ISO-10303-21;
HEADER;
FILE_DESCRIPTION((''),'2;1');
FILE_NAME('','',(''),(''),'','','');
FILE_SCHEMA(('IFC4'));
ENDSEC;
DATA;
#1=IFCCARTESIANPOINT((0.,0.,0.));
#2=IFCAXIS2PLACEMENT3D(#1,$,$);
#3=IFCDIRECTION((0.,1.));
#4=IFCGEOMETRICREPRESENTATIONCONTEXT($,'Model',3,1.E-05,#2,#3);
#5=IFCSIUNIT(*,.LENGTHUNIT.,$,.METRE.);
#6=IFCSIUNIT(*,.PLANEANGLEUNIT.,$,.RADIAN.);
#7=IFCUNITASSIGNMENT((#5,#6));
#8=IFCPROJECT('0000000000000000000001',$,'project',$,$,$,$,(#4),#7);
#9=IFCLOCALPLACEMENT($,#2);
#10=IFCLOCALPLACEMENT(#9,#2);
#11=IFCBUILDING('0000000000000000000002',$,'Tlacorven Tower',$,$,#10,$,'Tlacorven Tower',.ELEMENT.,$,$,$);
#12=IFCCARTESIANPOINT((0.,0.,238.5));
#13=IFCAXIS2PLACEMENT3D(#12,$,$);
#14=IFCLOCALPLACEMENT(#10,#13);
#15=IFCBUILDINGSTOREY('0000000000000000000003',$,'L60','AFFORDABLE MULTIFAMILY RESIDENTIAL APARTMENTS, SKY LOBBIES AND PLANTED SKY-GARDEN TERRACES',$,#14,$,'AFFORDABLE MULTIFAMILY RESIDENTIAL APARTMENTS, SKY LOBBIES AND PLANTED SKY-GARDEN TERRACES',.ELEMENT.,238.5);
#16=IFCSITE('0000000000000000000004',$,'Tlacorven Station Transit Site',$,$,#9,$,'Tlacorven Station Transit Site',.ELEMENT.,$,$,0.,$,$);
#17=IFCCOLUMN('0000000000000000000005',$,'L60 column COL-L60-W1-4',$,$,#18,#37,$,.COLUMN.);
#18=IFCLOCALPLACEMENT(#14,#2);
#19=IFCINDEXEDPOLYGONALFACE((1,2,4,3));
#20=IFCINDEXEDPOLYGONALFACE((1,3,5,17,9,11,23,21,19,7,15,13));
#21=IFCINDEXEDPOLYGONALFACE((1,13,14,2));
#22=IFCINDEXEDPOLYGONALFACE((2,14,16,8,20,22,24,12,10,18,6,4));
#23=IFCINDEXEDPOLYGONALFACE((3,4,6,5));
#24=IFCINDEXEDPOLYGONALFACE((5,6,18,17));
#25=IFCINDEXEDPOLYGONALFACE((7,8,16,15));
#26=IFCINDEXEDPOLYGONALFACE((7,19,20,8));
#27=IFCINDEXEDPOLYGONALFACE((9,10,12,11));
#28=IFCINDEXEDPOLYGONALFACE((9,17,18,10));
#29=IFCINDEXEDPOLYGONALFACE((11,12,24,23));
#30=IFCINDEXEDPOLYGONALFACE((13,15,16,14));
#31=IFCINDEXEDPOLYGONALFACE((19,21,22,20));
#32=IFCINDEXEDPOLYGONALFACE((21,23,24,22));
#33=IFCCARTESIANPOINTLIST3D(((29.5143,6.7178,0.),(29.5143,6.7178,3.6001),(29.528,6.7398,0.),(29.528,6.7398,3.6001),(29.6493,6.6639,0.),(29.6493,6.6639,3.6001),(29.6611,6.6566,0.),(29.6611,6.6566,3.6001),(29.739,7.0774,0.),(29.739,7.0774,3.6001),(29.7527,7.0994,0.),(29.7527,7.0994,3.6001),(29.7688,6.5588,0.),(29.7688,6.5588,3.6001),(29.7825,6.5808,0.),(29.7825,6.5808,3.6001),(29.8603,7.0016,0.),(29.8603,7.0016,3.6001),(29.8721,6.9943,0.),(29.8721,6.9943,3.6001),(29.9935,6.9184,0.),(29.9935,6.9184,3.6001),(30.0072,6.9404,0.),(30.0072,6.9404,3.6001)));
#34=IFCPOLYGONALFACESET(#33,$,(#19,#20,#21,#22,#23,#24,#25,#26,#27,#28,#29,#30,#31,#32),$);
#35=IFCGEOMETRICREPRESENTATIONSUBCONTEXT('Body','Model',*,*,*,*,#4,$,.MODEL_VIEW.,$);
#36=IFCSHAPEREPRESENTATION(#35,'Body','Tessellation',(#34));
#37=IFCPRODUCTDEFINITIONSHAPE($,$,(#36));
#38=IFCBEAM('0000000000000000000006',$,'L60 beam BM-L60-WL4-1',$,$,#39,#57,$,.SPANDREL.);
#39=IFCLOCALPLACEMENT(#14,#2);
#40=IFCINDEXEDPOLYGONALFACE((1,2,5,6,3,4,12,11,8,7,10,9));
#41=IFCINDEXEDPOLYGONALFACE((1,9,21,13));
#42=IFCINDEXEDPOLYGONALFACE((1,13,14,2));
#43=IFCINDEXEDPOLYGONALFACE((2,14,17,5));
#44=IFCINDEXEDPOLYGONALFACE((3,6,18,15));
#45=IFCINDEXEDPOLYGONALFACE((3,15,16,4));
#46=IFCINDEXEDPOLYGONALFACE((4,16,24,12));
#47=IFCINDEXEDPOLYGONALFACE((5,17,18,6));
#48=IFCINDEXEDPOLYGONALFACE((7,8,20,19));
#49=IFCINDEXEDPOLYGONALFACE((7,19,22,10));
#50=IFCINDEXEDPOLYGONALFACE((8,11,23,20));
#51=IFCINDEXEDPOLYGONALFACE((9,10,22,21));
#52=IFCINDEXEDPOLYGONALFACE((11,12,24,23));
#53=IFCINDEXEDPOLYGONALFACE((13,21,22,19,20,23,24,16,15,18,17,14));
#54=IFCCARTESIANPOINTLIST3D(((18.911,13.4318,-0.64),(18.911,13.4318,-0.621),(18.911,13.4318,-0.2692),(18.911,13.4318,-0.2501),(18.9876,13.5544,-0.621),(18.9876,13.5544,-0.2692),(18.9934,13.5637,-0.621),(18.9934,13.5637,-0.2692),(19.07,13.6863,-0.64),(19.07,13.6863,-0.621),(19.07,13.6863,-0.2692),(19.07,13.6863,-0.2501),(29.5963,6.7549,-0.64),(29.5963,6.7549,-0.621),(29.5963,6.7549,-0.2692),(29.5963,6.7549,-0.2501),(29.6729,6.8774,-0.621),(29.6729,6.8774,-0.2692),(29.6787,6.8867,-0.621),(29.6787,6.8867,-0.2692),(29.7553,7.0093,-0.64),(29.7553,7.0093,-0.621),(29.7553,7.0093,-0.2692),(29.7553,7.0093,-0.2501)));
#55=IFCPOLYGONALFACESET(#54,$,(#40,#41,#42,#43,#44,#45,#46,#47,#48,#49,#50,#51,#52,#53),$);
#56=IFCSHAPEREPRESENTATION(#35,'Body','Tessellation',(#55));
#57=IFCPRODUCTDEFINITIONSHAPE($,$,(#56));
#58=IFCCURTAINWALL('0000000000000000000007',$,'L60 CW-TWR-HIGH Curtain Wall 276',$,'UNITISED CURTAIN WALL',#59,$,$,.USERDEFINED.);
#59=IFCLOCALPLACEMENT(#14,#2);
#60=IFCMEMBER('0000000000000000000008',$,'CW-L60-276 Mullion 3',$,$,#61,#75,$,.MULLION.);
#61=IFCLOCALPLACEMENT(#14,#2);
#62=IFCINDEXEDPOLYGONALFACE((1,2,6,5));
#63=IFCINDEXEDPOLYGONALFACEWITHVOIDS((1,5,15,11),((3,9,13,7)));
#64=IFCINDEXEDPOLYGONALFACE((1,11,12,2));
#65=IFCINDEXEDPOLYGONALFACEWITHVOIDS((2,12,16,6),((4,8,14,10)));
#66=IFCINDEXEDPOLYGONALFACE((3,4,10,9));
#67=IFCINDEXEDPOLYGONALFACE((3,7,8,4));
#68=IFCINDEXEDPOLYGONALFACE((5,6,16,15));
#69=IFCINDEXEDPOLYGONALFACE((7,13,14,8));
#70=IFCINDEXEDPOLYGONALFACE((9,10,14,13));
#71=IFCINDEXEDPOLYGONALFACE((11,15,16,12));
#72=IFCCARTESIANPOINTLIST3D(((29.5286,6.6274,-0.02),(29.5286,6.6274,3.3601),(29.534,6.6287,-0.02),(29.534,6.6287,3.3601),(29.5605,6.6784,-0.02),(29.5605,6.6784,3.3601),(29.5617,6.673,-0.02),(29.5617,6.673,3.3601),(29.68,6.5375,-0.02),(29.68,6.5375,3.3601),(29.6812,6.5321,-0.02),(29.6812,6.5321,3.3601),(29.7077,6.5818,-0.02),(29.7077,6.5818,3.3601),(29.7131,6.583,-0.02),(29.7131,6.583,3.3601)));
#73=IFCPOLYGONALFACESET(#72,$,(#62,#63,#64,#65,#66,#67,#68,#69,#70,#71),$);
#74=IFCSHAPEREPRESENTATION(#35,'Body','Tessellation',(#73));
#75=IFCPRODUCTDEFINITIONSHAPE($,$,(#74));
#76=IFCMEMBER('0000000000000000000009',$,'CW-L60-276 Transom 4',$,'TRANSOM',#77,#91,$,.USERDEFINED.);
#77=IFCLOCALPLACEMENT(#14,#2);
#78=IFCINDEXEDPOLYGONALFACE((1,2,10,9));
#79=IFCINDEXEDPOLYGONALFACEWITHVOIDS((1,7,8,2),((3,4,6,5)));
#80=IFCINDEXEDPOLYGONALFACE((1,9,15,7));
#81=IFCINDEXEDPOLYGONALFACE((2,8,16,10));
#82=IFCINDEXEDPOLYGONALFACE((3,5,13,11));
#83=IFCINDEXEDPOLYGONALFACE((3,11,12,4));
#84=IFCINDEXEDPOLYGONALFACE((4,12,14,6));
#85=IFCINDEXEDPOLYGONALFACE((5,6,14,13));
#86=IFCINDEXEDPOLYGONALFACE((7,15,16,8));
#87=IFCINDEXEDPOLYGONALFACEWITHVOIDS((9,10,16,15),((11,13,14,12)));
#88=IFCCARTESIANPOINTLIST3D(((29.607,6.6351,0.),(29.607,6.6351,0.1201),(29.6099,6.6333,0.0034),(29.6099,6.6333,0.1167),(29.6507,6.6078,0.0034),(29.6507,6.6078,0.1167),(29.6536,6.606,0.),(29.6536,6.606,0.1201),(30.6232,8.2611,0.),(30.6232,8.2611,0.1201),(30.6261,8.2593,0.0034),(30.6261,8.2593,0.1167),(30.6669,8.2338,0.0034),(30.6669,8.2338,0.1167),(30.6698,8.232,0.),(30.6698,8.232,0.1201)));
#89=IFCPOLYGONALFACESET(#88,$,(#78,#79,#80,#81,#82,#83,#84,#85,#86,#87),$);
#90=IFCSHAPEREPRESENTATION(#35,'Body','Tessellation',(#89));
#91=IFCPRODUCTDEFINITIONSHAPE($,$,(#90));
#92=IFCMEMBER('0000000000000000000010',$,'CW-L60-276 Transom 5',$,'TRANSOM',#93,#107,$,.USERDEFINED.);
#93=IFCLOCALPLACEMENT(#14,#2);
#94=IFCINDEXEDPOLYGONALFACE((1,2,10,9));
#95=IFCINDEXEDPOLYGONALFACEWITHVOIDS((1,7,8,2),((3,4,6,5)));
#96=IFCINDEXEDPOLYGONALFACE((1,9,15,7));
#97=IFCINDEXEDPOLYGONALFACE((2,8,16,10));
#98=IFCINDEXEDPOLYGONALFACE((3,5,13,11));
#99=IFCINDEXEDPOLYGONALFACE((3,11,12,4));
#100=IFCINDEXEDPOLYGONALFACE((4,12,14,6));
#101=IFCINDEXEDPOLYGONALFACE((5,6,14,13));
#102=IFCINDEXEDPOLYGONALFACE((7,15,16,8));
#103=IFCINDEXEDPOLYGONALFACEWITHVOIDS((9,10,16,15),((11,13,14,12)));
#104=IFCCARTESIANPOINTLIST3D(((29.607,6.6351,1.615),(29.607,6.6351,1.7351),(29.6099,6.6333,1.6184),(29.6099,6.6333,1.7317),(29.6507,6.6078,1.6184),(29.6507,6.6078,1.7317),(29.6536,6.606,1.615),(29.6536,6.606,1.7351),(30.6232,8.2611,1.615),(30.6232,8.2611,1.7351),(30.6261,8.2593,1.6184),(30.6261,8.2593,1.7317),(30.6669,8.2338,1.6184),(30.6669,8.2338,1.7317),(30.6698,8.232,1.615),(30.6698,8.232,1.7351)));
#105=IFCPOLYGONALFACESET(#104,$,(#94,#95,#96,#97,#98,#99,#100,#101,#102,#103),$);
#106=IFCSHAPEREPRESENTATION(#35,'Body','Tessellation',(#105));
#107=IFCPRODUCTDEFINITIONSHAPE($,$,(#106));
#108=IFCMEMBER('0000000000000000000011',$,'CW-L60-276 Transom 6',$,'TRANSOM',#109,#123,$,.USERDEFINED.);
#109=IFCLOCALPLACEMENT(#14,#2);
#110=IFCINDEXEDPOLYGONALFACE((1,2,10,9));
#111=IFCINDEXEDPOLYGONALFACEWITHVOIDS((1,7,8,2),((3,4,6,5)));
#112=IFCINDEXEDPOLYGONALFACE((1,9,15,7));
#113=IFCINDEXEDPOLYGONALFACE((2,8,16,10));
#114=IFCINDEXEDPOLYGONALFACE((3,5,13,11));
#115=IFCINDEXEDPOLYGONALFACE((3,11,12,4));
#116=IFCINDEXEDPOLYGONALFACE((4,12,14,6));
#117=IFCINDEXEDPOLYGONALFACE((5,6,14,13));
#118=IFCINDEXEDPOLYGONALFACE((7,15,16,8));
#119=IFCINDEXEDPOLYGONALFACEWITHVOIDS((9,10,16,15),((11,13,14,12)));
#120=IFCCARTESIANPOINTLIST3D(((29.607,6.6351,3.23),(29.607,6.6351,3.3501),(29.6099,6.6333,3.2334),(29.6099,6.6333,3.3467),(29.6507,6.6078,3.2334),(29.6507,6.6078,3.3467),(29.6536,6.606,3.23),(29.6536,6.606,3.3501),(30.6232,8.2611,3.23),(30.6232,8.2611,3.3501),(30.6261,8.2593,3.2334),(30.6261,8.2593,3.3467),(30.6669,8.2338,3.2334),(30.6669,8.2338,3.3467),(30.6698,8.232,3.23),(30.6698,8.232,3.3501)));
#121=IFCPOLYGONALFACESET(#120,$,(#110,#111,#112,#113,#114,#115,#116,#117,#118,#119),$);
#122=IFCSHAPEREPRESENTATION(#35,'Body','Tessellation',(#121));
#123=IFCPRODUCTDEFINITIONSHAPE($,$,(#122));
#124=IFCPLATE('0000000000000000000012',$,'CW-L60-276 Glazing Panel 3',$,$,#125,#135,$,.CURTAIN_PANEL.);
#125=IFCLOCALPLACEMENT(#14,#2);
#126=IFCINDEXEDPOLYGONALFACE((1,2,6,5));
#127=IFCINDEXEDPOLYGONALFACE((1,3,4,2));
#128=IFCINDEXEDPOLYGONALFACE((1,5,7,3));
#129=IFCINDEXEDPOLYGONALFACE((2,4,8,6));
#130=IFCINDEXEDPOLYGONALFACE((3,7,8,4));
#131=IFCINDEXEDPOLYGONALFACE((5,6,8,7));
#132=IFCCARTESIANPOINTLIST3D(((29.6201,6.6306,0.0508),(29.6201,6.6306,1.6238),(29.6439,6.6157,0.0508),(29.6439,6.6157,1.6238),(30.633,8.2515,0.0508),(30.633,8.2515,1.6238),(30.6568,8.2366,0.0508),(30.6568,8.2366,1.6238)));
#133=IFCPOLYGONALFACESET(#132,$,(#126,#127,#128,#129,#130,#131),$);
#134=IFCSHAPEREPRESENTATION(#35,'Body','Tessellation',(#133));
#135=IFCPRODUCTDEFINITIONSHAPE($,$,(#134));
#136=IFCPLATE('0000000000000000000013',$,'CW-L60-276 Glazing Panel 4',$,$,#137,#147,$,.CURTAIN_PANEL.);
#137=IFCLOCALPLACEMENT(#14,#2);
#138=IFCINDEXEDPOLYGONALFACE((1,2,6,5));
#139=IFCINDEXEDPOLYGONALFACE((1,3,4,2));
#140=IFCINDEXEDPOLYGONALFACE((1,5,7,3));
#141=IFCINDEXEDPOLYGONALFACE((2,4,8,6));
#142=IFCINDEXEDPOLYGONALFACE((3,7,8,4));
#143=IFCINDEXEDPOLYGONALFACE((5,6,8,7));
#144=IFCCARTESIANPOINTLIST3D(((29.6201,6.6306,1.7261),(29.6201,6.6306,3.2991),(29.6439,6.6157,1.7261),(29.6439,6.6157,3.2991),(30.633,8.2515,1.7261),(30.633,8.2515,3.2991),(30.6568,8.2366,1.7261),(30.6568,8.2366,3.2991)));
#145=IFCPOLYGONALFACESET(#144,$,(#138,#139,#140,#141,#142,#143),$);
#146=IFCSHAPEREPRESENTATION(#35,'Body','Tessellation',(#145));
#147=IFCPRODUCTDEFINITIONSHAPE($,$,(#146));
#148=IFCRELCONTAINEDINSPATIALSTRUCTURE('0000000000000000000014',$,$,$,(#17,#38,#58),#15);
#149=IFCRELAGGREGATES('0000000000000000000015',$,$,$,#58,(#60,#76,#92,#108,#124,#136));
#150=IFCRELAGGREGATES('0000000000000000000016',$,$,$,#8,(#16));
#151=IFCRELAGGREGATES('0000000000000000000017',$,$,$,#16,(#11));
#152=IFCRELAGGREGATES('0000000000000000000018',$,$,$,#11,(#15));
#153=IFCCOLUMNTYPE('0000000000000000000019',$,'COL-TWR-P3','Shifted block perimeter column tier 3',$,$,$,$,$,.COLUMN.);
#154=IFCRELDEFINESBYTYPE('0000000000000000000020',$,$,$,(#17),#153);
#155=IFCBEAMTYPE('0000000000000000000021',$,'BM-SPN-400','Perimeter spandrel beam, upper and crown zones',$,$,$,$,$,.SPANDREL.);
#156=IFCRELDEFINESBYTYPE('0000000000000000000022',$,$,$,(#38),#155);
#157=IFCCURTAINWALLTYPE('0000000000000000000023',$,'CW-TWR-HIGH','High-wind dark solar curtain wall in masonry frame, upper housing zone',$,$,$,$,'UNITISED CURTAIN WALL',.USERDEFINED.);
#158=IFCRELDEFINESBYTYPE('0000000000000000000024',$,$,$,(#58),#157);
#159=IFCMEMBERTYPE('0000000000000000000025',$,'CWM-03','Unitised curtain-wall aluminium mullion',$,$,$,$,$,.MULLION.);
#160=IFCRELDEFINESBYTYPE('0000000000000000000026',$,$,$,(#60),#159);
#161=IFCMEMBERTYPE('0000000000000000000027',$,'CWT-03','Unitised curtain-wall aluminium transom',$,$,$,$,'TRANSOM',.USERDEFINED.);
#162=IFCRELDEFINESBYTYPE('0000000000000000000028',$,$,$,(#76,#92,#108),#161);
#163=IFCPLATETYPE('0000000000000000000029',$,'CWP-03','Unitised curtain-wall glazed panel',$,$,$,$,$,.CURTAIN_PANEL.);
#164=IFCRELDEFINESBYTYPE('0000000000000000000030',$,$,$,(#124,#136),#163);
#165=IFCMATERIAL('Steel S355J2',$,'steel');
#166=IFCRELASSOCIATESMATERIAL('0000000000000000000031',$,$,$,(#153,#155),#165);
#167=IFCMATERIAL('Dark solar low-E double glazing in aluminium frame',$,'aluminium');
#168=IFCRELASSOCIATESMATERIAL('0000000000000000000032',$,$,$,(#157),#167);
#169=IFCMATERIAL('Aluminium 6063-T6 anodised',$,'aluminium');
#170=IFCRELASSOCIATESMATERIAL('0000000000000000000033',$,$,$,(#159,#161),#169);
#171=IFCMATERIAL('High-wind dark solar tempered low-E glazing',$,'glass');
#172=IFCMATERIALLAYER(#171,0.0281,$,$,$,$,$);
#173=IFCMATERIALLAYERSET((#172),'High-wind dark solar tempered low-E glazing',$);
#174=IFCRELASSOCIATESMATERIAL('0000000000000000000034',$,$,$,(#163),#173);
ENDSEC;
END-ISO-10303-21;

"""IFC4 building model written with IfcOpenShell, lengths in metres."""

from ifc_helpers import new_model, si_unit, direction, frame, origin, origin_2d, place, context, subcontext, project, spatial, rectangle, hollow_rectangle, i_section, extrude, source, transform, mapped, material, layer, layer_set, material_profile, profile_set, type_object, element, aggregate, save


model = new_model("IFC4")

# Units and contexts
model_context = context("Model", 3, precision=1e-05, world=origin(), true_north=direction((0.0, 1.0)))
body_context = subcontext(model_context, "Body", "Model", "MODEL_VIEW")
ifc_project = project(units=[si_unit("LENGTHUNIT", "METRE"), si_unit("PLANEANGLEUNIT", "RADIAN")], contexts=[model_context])

# Site, building, storey
site_placement = place(None, origin())
site = spatial("IfcSite", under=ifc_project, at=site_placement, Name="Tlacorven Station Transit Site", LongName="Tlacorven Station Transit Site", CompositionType="ELEMENT", RefElevation=0.0)
building_placement = place(site_placement, origin())
building = spatial("IfcBuilding", under=site, at=building_placement, Name="Tlacorven Tower", LongName="Tlacorven Tower", CompositionType="ELEMENT")
storey_placement = place(building_placement, frame((0.0, 0.0, 238.5)))
storey = spatial("IfcBuildingStorey", under=building, at=storey_placement, Name="L60", Description="AFFORDABLE MULTIFAMILY RESIDENTIAL APARTMENTS, SKY LOBBIES AND PLANTED SKY-GARDEN TERRACES", LongName="AFFORDABLE MULTIFAMILY RESIDENTIAL APARTMENTS, SKY LOBBIES AND PLANTED SKY-GARDEN TERRACES", CompositionType="ELEMENT", Elevation=238.5)

# Column
ifc_material_1 = material(Name="Steel S355J2", Category="steel")
ifc_material_profile_1 = material_profile(ifc_material_1, i_section(OverallWidth=0.3, OverallDepth=0.45, WebThickness=0.0139, FlangeThickness=0.0259, at=origin_2d()), Name="HEB 450")
ifc_profile_set_1 = profile_set([ifc_material_profile_1], Name="Steel S355J2")
column_type = type_object("IfcColumnType", Name="COL-TWR-P3", Description="Shifted block perimeter column tier 3", PredefinedType="COLUMN", material=ifc_profile_set_1)
shared_shape_1 = source(origin(), body_context, "Body", "SweptSolid", [
    extrude(i_section(OverallWidth=0.3, OverallDepth=0.45, WebThickness=0.0139, FlangeThickness=0.0259, at=origin_2d()), origin(), (0.0, 0.0, 1.0), 3.6001),
])
column_placement = place(storey_placement, frame((29.7607, 6.8291, 0.0), z_axis=(0.0, 0.0, 1.0), x_axis=(-0.848048, 0.529919, 0.0)))
element("IfcColumn", 1, at=column_placement, inside=storey, type_object=column_type, Name="L60 column COL-L60-W1-4", PredefinedType="COLUMN", context=body_context, shape_type="MappedRepresentation", body=[
    mapped(shared_shape_1, transform((0.0, 0.0, 0.0), scale=1.0)),
])

# Beam
ifc_material_profile_2 = material_profile(ifc_material_1, i_section(OverallWidth=0.3, OverallDepth=0.3899, WebThickness=0.011, FlangeThickness=0.019, at=origin_2d()), Name="HEA 400")
ifc_profile_set_2 = profile_set([ifc_material_profile_2], Name="Steel S355J2")
beam_type = type_object("IfcBeamType", Name="BM-SPN-400", Description="Perimeter spandrel beam, upper and crown zones", PredefinedType="SPANDREL", material=ifc_profile_set_2)
shared_shape_2 = source(origin(), body_context, "Body", "SweptSolid", [
    extrude(i_section(OverallWidth=0.3, OverallDepth=0.3899, WebThickness=0.011, FlangeThickness=0.019, at=origin_2d()), origin(), (0.0, 0.0, 1.0), 12.5999),
])
beam_placement = place(storey_placement, frame((29.6758, 6.8821, -0.4451), z_axis=(-0.848045, 0.529924, 0.0), x_axis=(-0.529924, -0.848045, 0.0)))
element("IfcBeam", 2, at=beam_placement, inside=storey, type_object=beam_type, Name="L60 beam BM-L60-WL4-1", PredefinedType="SPANDREL", context=body_context, shape_type="MappedRepresentation", body=[
    mapped(shared_shape_2, transform((0.0, 0.0, 0.0), scale=1.0)),
])

# Curtain wall, members, plates
ifc_material_2 = material(Name="Dark solar low-E double glazing in aluminium frame", Category="aluminium")
curtain_wall_type = type_object("IfcCurtainWallType", Name="CW-TWR-HIGH", Description="High-wind dark solar curtain wall in masonry frame, upper housing zone", ElementType="UNITISED CURTAIN WALL", PredefinedType="USERDEFINED", material=ifc_material_2)
curtain_wall_placement = place(storey_placement, origin())
curtain_wall = element("IfcCurtainWall", 3, at=curtain_wall_placement, inside=storey, type_object=curtain_wall_type, Name="L60 CW-TWR-HIGH Curtain Wall 276", ObjectType="UNITISED CURTAIN WALL", PredefinedType="USERDEFINED")
ifc_material_3 = material(Name="Aluminium 6063-T6 anodised", Category="aluminium")
ifc_material_profile_3 = material_profile(ifc_material_3, hollow_rectangle(XDim=0.0601, YDim=0.1799, WallThickness=0.0039, at=origin_2d()), Name="ALU MULLION 60X180")
ifc_profile_set_3 = profile_set([ifc_material_profile_3], Name="Aluminium 6063-T6 anodised")
member_type_1 = type_object("IfcMemberType", Name="CWM-03", Description="Unitised curtain-wall aluminium mullion", PredefinedType="MULLION", material=ifc_profile_set_3)
shared_shape_3 = source(origin(), body_context, "Body", "SweptSolid", [
    extrude(hollow_rectangle(XDim=0.0601, YDim=0.1799, WallThickness=0.0039, at=origin_2d()), origin(), (0.0, 0.0, 1.0), 3.3801),
])
member_1_placement = place(storey_placement, frame((29.6208, 6.6052, -0.02), z_axis=(0.0, 0.0, 1.0), x_axis=(-0.529919, -0.848048, 0.0)))
member_1 = element("IfcMember", 4, at=member_1_placement, type_object=member_type_1, Name="CW-L60-276 Mullion 3", PredefinedType="MULLION", context=body_context, shape_type="MappedRepresentation", body=[
    mapped(shared_shape_3, transform((0.0, 0.0, 0.0), scale=1.0)),
])
ifc_material_profile_4 = material_profile(ifc_material_3, hollow_rectangle(XDim=0.0549, YDim=0.1201, WallThickness=0.0034, at=origin_2d()), Name="ALU TRANSOM 55X120")
ifc_profile_set_4 = profile_set([ifc_material_profile_4], Name="Aluminium 6063-T6 anodised")
member_type_2 = type_object("IfcMemberType", Name="CWT-03", Description="Unitised curtain-wall aluminium transom", ElementType="TRANSOM", PredefinedType="USERDEFINED", material=ifc_profile_set_4)
shared_shape_4 = source(origin(), body_context, "Body", "SweptSolid", [
    extrude(hollow_rectangle(XDim=0.0549, YDim=0.1201, WallThickness=0.0034, at=origin_2d()), origin(), (0.0, 0.0, 1.0), 1.9175),
])
member_2_placement = place(storey_placement, frame((30.6465, 8.2466, 0.0601), z_axis=(-0.529953, -0.848027, 0.0), x_axis=(0.848027, -0.529953, 0.0)))
member_2 = element("IfcMember", 5, at=member_2_placement, type_object=member_type_2, Name="CW-L60-276 Transom 4", ObjectType="TRANSOM", PredefinedType="USERDEFINED", context=body_context, shape_type="MappedRepresentation", body=[
    mapped(shared_shape_4, transform((0.0, 0.0, 0.0), scale=1.0)),
])
member_3_placement = place(storey_placement, frame((30.6465, 8.2466, 1.675), z_axis=(-0.529953, -0.848027, 0.0), x_axis=(0.848027, -0.529953, 0.0)))
member_3 = element("IfcMember", 6, at=member_3_placement, type_object=member_type_2, Name="CW-L60-276 Transom 5", ObjectType="TRANSOM", PredefinedType="USERDEFINED", context=body_context, shape_type="MappedRepresentation", body=[
    mapped(shared_shape_4, transform((0.0, 0.0, 0.0), scale=1.0)),
])
member_4_placement = place(storey_placement, frame((30.6465, 8.2466, 3.29), z_axis=(-0.529953, -0.848027, 0.0), x_axis=(0.848027, -0.529953, 0.0)))
member_4 = element("IfcMember", 7, at=member_4_placement, type_object=member_type_2, Name="CW-L60-276 Transom 6", ObjectType="TRANSOM", PredefinedType="USERDEFINED", context=body_context, shape_type="MappedRepresentation", body=[
    mapped(shared_shape_4, transform((0.0, 0.0, 0.0), scale=1.0)),
])
ifc_material_4 = material(Name="High-wind dark solar tempered low-E glazing", Category="glass")
ifc_layer_1 = layer(ifc_material_4, 0.0281)
ifc_layer_set_1 = layer_set([ifc_layer_1], Name="High-wind dark solar tempered low-E glazing")
plate_type = type_object("IfcPlateType", Name="CWP-03", Description="Unitised curtain-wall glazed panel", PredefinedType="CURTAIN_PANEL", material=ifc_layer_set_1)
shared_shape_5 = source(origin(), body_context, "Body", "SweptSolid", [
    extrude(rectangle(XDim=1.9114, YDim=0.0281, at=origin_2d()), origin(), (0.0, 0.0, 1.0), 1.573),
])
plate_1_placement = place(storey_placement, frame((30.1384, 7.4336, 0.0508), z_axis=(0.0, 0.0, 1.0), x_axis=(-0.529919, -0.848048, 0.0)))
plate_1 = element("IfcPlate", 8, at=plate_1_placement, type_object=plate_type, Name="CW-L60-276 Glazing Panel 3", PredefinedType="CURTAIN_PANEL", context=body_context, shape_type="MappedRepresentation", body=[
    mapped(shared_shape_5, transform((0.0, 0.0, 0.0), scale=1.0)),
])
plate_2_placement = place(storey_placement, frame((30.1384, 7.4336, 1.7261), z_axis=(0.0, 0.0, 1.0), x_axis=(-0.529919, -0.848048, 0.0)))
plate_2 = element("IfcPlate", 9, at=plate_2_placement, type_object=plate_type, Name="CW-L60-276 Glazing Panel 4", PredefinedType="CURTAIN_PANEL", context=body_context, shape_type="MappedRepresentation", body=[
    mapped(shared_shape_5, transform((0.0, 0.0, 0.0), scale=1.0)),
])
aggregate(curtain_wall, [member_1, member_2, member_3, member_4, plate_1, plate_2])

save(model, "model.ifc")
